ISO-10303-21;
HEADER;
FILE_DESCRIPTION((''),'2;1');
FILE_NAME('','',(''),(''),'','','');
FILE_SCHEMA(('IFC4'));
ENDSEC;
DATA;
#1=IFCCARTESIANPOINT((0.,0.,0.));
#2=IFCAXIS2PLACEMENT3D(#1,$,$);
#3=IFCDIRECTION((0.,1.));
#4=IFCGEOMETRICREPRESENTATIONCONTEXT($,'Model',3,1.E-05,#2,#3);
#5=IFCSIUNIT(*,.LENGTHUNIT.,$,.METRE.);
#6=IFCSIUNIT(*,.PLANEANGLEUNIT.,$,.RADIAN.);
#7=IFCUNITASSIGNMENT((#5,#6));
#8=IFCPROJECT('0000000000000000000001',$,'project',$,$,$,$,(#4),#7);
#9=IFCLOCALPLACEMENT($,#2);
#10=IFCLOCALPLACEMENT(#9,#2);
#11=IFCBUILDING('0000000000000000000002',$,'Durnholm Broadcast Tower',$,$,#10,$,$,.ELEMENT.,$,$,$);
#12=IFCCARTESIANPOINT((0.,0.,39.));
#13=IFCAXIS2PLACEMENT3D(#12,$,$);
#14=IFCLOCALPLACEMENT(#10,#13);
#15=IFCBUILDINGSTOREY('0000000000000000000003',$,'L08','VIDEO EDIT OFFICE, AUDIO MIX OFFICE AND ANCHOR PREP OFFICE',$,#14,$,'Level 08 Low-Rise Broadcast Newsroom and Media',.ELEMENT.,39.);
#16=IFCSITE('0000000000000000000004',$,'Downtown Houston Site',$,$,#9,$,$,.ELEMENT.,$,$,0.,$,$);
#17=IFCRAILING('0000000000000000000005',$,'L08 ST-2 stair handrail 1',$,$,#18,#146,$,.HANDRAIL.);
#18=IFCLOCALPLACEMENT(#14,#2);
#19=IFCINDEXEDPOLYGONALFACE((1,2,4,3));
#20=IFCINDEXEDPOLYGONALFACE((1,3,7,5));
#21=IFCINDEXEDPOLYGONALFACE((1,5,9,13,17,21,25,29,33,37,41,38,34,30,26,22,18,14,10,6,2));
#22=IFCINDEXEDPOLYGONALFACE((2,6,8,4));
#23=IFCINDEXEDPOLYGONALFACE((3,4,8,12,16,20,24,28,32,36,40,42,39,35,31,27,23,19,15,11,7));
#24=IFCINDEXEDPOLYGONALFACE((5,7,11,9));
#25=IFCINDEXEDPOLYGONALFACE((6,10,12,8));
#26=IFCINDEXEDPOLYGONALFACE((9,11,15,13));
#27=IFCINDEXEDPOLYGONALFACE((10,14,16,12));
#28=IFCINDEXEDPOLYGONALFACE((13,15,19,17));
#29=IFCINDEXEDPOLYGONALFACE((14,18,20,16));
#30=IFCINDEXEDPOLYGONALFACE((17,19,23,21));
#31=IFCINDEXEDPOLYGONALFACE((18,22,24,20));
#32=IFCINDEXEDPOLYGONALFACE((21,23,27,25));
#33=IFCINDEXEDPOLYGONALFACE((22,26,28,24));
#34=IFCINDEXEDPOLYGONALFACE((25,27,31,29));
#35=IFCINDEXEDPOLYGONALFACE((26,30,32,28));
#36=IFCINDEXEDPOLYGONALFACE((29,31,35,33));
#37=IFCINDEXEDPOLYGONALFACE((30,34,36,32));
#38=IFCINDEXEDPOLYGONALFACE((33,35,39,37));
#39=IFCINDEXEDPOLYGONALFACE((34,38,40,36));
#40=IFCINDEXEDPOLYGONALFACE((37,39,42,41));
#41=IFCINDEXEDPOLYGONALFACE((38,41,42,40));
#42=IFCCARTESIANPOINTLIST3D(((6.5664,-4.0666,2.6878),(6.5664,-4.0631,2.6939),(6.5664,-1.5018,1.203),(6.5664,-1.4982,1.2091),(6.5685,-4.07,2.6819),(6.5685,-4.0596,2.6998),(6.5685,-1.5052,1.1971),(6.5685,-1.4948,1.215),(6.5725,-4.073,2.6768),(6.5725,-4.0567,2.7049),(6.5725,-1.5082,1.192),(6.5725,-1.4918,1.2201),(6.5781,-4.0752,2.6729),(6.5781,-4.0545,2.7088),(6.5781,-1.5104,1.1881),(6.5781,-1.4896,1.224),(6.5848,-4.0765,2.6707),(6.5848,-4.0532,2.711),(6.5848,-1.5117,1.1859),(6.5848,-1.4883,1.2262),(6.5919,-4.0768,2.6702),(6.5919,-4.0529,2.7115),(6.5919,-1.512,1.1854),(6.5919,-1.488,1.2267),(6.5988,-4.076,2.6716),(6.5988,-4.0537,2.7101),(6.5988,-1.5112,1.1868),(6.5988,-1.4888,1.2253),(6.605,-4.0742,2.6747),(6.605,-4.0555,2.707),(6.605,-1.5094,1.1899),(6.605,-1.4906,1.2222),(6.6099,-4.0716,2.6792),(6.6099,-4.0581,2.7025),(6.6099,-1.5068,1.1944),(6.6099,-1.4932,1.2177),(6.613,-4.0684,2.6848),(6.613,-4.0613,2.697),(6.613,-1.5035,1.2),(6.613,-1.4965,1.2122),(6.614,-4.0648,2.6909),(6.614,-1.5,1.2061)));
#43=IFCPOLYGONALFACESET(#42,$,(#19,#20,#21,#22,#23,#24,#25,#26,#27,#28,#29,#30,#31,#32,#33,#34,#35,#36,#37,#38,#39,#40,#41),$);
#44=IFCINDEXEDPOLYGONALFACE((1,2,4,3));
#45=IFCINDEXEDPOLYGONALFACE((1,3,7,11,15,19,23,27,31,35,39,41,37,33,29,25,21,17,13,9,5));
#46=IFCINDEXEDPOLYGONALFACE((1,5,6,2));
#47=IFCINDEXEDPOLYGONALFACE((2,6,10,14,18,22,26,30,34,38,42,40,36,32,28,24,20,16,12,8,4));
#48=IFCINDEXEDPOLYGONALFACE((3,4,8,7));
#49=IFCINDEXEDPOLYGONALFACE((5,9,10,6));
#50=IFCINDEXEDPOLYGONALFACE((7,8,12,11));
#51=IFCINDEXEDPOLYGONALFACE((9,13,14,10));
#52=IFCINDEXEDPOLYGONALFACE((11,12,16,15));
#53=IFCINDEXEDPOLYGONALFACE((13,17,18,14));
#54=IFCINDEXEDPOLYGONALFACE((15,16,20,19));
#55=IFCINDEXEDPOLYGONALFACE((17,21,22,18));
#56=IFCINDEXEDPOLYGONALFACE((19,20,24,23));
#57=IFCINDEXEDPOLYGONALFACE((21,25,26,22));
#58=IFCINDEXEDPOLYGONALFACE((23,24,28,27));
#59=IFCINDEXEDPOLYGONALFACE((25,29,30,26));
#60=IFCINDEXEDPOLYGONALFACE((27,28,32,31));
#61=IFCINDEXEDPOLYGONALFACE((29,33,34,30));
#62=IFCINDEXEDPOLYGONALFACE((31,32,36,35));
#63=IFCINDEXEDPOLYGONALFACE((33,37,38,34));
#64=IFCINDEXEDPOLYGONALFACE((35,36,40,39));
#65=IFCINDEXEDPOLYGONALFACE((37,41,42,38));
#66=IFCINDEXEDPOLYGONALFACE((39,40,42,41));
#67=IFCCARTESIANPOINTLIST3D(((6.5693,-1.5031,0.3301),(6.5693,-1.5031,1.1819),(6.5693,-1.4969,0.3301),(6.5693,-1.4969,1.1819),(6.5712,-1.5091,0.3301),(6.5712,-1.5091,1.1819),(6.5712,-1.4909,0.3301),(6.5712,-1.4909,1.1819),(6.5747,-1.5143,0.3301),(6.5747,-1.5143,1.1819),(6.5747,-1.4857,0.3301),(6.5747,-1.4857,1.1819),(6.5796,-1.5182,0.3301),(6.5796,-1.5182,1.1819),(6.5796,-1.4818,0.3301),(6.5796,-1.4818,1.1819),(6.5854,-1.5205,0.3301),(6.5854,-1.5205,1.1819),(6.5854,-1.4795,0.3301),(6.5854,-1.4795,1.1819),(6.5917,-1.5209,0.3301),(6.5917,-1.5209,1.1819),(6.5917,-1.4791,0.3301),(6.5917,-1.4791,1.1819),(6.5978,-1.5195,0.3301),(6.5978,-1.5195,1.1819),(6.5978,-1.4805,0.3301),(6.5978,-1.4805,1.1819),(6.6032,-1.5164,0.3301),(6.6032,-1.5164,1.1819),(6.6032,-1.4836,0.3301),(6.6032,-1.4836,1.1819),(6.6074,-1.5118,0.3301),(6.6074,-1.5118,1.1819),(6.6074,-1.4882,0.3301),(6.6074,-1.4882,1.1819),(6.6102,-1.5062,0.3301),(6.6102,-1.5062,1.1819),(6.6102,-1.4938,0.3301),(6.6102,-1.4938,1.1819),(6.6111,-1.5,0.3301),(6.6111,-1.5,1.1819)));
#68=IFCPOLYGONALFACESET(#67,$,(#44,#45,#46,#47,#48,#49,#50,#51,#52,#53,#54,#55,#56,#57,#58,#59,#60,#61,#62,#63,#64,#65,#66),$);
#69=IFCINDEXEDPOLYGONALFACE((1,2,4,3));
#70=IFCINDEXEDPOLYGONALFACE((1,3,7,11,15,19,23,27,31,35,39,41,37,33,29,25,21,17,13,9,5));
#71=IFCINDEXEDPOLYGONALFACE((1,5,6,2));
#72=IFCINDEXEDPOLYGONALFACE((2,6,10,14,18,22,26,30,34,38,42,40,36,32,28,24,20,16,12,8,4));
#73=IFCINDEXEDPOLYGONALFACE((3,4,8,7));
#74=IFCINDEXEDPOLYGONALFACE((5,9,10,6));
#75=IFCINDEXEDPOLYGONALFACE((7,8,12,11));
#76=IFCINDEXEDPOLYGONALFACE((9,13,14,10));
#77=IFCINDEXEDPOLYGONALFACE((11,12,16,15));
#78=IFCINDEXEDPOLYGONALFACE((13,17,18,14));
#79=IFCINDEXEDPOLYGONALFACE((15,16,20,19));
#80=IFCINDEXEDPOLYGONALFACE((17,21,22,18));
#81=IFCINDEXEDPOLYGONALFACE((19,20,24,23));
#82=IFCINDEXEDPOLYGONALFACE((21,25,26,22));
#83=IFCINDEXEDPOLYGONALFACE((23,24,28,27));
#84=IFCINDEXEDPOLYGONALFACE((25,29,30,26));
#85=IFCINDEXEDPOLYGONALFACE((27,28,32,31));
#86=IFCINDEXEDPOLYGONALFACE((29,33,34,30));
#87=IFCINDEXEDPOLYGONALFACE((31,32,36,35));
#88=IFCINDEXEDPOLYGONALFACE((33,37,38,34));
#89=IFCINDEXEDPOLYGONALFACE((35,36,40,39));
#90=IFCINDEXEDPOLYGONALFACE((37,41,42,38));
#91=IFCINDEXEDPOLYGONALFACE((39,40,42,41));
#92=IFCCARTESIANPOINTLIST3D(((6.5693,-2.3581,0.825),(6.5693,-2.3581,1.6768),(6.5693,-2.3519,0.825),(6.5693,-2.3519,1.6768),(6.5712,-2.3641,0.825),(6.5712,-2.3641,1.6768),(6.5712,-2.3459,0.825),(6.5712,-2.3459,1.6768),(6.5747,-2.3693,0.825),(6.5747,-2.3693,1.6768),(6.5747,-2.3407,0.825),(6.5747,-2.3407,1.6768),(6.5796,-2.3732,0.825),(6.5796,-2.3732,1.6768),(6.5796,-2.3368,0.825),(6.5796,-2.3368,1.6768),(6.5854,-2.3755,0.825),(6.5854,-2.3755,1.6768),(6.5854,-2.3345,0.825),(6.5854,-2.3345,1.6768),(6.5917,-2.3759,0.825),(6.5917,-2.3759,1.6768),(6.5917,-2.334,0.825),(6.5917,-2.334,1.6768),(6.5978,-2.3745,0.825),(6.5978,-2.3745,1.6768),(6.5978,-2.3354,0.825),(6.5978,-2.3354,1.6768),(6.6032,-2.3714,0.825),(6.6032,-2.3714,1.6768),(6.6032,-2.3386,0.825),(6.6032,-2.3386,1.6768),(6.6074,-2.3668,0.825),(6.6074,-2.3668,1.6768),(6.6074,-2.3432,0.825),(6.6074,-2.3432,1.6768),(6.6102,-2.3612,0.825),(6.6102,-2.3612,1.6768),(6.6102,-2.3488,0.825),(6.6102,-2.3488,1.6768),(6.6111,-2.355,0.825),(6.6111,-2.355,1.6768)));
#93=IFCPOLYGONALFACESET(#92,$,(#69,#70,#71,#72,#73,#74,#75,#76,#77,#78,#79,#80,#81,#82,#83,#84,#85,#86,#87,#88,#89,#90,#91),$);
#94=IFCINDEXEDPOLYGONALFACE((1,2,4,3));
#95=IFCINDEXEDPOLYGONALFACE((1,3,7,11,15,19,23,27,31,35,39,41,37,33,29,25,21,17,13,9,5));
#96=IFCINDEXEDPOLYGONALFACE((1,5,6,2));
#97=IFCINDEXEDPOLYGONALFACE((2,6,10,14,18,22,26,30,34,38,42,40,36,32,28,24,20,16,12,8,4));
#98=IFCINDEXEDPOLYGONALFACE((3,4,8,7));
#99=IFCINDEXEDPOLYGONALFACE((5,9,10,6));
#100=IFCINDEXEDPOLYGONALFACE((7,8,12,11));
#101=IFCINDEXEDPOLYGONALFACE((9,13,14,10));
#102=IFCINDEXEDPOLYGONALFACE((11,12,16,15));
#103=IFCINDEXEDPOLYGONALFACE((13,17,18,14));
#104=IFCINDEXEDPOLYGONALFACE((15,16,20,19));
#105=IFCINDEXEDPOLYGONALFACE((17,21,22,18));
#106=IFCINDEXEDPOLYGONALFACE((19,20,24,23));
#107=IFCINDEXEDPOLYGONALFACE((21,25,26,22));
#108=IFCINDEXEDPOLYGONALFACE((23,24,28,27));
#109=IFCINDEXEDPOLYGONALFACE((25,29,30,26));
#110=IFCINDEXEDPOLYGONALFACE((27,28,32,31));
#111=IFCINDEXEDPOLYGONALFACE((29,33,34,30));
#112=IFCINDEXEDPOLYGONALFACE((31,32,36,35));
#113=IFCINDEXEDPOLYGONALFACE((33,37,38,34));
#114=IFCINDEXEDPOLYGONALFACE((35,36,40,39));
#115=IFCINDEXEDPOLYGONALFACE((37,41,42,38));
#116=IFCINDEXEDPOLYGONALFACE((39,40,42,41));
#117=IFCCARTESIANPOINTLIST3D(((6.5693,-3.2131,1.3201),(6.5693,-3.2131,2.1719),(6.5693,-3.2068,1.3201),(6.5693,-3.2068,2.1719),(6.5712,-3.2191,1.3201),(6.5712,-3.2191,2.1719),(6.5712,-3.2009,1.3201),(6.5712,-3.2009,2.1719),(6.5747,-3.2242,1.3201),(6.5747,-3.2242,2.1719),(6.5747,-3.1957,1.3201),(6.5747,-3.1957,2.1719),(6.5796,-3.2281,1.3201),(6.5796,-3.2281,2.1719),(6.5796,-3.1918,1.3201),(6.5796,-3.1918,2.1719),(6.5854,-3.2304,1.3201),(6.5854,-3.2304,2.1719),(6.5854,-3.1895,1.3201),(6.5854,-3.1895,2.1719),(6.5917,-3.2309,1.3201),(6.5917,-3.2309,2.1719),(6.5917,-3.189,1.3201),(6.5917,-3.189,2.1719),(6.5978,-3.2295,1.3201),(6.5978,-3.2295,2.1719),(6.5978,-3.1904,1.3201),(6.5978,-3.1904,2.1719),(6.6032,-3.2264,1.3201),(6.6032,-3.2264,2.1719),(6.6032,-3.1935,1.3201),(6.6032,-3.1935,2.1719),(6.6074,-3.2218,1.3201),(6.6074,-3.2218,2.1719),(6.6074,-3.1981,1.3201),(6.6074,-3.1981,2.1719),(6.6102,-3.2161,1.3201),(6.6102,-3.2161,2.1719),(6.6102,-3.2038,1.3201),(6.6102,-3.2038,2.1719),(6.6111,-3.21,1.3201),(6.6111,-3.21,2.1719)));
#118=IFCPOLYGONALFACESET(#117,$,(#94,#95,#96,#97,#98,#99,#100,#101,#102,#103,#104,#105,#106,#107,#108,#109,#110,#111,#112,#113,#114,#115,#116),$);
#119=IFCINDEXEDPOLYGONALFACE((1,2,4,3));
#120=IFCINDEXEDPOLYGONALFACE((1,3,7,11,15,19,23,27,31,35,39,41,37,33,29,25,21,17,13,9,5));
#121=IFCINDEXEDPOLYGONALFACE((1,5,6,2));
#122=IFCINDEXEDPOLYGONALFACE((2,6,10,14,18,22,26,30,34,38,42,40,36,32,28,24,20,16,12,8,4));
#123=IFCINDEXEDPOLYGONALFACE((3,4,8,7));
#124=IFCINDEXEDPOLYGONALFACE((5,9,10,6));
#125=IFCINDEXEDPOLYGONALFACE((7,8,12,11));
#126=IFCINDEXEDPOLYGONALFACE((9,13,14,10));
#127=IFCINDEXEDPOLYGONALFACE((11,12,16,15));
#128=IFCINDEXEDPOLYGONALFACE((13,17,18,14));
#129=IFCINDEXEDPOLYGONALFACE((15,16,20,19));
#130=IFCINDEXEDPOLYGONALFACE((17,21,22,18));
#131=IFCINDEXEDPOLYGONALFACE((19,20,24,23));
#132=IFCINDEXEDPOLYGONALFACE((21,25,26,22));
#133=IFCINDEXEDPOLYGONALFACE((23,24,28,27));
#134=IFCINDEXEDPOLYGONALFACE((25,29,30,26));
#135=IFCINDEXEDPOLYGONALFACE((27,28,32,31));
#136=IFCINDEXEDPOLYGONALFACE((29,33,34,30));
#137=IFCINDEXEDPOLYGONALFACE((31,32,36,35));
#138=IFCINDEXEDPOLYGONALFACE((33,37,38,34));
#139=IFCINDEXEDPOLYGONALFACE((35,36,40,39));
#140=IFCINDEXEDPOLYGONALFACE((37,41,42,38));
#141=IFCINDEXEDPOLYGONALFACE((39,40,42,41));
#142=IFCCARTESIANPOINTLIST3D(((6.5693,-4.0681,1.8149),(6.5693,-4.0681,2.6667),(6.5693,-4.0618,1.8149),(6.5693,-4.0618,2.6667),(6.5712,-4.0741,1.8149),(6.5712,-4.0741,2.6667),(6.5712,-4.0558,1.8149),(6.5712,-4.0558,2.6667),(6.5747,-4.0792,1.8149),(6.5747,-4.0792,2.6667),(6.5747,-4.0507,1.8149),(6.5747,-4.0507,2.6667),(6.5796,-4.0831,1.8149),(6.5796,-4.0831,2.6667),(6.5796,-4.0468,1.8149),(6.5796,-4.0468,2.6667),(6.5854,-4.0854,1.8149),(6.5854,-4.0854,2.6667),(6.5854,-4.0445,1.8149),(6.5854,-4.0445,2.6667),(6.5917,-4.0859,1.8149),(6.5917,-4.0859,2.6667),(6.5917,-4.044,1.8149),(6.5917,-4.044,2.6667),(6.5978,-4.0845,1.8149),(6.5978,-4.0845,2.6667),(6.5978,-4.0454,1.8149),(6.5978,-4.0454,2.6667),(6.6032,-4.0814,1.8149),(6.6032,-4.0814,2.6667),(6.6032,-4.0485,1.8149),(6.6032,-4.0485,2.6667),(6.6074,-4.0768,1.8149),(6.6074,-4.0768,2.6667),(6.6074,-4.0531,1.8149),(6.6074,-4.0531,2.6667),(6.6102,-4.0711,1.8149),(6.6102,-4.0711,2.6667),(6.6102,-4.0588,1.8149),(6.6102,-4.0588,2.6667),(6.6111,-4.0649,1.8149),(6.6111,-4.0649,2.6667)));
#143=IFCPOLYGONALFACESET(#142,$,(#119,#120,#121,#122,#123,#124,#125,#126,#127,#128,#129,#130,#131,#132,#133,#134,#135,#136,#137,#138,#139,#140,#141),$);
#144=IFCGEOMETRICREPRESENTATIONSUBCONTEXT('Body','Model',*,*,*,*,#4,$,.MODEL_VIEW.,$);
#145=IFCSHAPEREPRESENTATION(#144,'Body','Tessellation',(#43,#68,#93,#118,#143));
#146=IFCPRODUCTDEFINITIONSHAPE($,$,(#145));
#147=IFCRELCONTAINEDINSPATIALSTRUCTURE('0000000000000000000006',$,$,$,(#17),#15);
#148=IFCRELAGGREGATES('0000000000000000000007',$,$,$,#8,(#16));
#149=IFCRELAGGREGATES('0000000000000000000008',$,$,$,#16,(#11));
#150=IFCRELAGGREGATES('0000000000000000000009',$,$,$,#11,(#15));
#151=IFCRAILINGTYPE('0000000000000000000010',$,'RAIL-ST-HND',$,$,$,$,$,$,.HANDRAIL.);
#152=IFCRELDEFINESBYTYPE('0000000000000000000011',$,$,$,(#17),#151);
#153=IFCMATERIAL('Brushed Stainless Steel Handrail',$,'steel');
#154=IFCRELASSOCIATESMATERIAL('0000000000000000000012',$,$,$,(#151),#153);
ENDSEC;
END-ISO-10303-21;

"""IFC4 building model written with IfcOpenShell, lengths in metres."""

from ifc_helpers import new_model, si_unit, direction, frame, origin, origin_2d, place, context, subcontext, project, spatial, circle, extrude, material, type_object, element, save


model = new_model("IFC4")

# Units and contexts
model_context = context("Model", 3, precision=1e-05, world=origin(), true_north=direction((0.0, 1.0)))
body_context = subcontext(model_context, "Body", "Model", "MODEL_VIEW")
ifc_project = project(units=[si_unit("LENGTHUNIT", "METRE"), si_unit("PLANEANGLEUNIT", "RADIAN")], contexts=[model_context])

# Site, building, storey
site_placement = place(None, origin())
site = spatial("IfcSite", under=ifc_project, at=site_placement, Name="Downtown Houston Site", CompositionType="ELEMENT", RefElevation=0.0)
building_placement = place(site_placement, origin())
building = spatial("IfcBuilding", under=site, at=building_placement, Name="Durnholm Broadcast Tower", CompositionType="ELEMENT")
storey_placement = place(building_placement, frame((0.0, 0.0, 39.0)))
storey = spatial("IfcBuildingStorey", under=building, at=storey_placement, Name="L08", Description="VIDEO EDIT OFFICE, AUDIO MIX OFFICE AND ANCHOR PREP OFFICE", LongName="Level 08 Low-Rise Broadcast Newsroom and Media", CompositionType="ELEMENT", Elevation=39.0)

# Railing
ifc_material_1 = material(Name="Brushed Stainless Steel Handrail", Category="steel")
railing_type_1 = type_object("IfcRailingType", Name="RAIL-ST-HND", PredefinedType="HANDRAIL", material=ifc_material_1)
railing_1_placement = place(storey_placement, frame((6.5901, -1.5, 0.3301)))
element("IfcRailing", 1, at=railing_1_placement, inside=storey, type_object=railing_type_1, Name="L08 ST-2 stair handrail 1", PredefinedType="HANDRAIL", context=body_context, shape_type="SweptSolid", body=[
    extrude(circle(Radius=0.0239, at=origin_2d()), frame((0.0, 0.0, 0.876), z_axis=(0.0, -0.865441, 0.50101), x_axis=(1.0, 0.0, 0.0)), (0.0, 0.0, 1.0), 2.9636),
    extrude(circle(Radius=0.021, at=origin_2d()), origin(), (0.0, 0.0, 1.0), 0.8518),
    extrude(circle(Radius=0.021, at=origin_2d()), frame((0.0, -0.855, 0.4949)), (0.0, 0.0, 1.0), 0.8518),
    extrude(circle(Radius=0.021, at=origin_2d()), frame((0.0, -1.71, 0.99)), (0.0, 0.0, 1.0), 0.8518),
    extrude(circle(Radius=0.021, at=origin_2d()), frame((0.0, -2.5649, 1.4849)), (0.0, 0.0, 1.0), 0.8518),
])

save(model, "model.ifc")
